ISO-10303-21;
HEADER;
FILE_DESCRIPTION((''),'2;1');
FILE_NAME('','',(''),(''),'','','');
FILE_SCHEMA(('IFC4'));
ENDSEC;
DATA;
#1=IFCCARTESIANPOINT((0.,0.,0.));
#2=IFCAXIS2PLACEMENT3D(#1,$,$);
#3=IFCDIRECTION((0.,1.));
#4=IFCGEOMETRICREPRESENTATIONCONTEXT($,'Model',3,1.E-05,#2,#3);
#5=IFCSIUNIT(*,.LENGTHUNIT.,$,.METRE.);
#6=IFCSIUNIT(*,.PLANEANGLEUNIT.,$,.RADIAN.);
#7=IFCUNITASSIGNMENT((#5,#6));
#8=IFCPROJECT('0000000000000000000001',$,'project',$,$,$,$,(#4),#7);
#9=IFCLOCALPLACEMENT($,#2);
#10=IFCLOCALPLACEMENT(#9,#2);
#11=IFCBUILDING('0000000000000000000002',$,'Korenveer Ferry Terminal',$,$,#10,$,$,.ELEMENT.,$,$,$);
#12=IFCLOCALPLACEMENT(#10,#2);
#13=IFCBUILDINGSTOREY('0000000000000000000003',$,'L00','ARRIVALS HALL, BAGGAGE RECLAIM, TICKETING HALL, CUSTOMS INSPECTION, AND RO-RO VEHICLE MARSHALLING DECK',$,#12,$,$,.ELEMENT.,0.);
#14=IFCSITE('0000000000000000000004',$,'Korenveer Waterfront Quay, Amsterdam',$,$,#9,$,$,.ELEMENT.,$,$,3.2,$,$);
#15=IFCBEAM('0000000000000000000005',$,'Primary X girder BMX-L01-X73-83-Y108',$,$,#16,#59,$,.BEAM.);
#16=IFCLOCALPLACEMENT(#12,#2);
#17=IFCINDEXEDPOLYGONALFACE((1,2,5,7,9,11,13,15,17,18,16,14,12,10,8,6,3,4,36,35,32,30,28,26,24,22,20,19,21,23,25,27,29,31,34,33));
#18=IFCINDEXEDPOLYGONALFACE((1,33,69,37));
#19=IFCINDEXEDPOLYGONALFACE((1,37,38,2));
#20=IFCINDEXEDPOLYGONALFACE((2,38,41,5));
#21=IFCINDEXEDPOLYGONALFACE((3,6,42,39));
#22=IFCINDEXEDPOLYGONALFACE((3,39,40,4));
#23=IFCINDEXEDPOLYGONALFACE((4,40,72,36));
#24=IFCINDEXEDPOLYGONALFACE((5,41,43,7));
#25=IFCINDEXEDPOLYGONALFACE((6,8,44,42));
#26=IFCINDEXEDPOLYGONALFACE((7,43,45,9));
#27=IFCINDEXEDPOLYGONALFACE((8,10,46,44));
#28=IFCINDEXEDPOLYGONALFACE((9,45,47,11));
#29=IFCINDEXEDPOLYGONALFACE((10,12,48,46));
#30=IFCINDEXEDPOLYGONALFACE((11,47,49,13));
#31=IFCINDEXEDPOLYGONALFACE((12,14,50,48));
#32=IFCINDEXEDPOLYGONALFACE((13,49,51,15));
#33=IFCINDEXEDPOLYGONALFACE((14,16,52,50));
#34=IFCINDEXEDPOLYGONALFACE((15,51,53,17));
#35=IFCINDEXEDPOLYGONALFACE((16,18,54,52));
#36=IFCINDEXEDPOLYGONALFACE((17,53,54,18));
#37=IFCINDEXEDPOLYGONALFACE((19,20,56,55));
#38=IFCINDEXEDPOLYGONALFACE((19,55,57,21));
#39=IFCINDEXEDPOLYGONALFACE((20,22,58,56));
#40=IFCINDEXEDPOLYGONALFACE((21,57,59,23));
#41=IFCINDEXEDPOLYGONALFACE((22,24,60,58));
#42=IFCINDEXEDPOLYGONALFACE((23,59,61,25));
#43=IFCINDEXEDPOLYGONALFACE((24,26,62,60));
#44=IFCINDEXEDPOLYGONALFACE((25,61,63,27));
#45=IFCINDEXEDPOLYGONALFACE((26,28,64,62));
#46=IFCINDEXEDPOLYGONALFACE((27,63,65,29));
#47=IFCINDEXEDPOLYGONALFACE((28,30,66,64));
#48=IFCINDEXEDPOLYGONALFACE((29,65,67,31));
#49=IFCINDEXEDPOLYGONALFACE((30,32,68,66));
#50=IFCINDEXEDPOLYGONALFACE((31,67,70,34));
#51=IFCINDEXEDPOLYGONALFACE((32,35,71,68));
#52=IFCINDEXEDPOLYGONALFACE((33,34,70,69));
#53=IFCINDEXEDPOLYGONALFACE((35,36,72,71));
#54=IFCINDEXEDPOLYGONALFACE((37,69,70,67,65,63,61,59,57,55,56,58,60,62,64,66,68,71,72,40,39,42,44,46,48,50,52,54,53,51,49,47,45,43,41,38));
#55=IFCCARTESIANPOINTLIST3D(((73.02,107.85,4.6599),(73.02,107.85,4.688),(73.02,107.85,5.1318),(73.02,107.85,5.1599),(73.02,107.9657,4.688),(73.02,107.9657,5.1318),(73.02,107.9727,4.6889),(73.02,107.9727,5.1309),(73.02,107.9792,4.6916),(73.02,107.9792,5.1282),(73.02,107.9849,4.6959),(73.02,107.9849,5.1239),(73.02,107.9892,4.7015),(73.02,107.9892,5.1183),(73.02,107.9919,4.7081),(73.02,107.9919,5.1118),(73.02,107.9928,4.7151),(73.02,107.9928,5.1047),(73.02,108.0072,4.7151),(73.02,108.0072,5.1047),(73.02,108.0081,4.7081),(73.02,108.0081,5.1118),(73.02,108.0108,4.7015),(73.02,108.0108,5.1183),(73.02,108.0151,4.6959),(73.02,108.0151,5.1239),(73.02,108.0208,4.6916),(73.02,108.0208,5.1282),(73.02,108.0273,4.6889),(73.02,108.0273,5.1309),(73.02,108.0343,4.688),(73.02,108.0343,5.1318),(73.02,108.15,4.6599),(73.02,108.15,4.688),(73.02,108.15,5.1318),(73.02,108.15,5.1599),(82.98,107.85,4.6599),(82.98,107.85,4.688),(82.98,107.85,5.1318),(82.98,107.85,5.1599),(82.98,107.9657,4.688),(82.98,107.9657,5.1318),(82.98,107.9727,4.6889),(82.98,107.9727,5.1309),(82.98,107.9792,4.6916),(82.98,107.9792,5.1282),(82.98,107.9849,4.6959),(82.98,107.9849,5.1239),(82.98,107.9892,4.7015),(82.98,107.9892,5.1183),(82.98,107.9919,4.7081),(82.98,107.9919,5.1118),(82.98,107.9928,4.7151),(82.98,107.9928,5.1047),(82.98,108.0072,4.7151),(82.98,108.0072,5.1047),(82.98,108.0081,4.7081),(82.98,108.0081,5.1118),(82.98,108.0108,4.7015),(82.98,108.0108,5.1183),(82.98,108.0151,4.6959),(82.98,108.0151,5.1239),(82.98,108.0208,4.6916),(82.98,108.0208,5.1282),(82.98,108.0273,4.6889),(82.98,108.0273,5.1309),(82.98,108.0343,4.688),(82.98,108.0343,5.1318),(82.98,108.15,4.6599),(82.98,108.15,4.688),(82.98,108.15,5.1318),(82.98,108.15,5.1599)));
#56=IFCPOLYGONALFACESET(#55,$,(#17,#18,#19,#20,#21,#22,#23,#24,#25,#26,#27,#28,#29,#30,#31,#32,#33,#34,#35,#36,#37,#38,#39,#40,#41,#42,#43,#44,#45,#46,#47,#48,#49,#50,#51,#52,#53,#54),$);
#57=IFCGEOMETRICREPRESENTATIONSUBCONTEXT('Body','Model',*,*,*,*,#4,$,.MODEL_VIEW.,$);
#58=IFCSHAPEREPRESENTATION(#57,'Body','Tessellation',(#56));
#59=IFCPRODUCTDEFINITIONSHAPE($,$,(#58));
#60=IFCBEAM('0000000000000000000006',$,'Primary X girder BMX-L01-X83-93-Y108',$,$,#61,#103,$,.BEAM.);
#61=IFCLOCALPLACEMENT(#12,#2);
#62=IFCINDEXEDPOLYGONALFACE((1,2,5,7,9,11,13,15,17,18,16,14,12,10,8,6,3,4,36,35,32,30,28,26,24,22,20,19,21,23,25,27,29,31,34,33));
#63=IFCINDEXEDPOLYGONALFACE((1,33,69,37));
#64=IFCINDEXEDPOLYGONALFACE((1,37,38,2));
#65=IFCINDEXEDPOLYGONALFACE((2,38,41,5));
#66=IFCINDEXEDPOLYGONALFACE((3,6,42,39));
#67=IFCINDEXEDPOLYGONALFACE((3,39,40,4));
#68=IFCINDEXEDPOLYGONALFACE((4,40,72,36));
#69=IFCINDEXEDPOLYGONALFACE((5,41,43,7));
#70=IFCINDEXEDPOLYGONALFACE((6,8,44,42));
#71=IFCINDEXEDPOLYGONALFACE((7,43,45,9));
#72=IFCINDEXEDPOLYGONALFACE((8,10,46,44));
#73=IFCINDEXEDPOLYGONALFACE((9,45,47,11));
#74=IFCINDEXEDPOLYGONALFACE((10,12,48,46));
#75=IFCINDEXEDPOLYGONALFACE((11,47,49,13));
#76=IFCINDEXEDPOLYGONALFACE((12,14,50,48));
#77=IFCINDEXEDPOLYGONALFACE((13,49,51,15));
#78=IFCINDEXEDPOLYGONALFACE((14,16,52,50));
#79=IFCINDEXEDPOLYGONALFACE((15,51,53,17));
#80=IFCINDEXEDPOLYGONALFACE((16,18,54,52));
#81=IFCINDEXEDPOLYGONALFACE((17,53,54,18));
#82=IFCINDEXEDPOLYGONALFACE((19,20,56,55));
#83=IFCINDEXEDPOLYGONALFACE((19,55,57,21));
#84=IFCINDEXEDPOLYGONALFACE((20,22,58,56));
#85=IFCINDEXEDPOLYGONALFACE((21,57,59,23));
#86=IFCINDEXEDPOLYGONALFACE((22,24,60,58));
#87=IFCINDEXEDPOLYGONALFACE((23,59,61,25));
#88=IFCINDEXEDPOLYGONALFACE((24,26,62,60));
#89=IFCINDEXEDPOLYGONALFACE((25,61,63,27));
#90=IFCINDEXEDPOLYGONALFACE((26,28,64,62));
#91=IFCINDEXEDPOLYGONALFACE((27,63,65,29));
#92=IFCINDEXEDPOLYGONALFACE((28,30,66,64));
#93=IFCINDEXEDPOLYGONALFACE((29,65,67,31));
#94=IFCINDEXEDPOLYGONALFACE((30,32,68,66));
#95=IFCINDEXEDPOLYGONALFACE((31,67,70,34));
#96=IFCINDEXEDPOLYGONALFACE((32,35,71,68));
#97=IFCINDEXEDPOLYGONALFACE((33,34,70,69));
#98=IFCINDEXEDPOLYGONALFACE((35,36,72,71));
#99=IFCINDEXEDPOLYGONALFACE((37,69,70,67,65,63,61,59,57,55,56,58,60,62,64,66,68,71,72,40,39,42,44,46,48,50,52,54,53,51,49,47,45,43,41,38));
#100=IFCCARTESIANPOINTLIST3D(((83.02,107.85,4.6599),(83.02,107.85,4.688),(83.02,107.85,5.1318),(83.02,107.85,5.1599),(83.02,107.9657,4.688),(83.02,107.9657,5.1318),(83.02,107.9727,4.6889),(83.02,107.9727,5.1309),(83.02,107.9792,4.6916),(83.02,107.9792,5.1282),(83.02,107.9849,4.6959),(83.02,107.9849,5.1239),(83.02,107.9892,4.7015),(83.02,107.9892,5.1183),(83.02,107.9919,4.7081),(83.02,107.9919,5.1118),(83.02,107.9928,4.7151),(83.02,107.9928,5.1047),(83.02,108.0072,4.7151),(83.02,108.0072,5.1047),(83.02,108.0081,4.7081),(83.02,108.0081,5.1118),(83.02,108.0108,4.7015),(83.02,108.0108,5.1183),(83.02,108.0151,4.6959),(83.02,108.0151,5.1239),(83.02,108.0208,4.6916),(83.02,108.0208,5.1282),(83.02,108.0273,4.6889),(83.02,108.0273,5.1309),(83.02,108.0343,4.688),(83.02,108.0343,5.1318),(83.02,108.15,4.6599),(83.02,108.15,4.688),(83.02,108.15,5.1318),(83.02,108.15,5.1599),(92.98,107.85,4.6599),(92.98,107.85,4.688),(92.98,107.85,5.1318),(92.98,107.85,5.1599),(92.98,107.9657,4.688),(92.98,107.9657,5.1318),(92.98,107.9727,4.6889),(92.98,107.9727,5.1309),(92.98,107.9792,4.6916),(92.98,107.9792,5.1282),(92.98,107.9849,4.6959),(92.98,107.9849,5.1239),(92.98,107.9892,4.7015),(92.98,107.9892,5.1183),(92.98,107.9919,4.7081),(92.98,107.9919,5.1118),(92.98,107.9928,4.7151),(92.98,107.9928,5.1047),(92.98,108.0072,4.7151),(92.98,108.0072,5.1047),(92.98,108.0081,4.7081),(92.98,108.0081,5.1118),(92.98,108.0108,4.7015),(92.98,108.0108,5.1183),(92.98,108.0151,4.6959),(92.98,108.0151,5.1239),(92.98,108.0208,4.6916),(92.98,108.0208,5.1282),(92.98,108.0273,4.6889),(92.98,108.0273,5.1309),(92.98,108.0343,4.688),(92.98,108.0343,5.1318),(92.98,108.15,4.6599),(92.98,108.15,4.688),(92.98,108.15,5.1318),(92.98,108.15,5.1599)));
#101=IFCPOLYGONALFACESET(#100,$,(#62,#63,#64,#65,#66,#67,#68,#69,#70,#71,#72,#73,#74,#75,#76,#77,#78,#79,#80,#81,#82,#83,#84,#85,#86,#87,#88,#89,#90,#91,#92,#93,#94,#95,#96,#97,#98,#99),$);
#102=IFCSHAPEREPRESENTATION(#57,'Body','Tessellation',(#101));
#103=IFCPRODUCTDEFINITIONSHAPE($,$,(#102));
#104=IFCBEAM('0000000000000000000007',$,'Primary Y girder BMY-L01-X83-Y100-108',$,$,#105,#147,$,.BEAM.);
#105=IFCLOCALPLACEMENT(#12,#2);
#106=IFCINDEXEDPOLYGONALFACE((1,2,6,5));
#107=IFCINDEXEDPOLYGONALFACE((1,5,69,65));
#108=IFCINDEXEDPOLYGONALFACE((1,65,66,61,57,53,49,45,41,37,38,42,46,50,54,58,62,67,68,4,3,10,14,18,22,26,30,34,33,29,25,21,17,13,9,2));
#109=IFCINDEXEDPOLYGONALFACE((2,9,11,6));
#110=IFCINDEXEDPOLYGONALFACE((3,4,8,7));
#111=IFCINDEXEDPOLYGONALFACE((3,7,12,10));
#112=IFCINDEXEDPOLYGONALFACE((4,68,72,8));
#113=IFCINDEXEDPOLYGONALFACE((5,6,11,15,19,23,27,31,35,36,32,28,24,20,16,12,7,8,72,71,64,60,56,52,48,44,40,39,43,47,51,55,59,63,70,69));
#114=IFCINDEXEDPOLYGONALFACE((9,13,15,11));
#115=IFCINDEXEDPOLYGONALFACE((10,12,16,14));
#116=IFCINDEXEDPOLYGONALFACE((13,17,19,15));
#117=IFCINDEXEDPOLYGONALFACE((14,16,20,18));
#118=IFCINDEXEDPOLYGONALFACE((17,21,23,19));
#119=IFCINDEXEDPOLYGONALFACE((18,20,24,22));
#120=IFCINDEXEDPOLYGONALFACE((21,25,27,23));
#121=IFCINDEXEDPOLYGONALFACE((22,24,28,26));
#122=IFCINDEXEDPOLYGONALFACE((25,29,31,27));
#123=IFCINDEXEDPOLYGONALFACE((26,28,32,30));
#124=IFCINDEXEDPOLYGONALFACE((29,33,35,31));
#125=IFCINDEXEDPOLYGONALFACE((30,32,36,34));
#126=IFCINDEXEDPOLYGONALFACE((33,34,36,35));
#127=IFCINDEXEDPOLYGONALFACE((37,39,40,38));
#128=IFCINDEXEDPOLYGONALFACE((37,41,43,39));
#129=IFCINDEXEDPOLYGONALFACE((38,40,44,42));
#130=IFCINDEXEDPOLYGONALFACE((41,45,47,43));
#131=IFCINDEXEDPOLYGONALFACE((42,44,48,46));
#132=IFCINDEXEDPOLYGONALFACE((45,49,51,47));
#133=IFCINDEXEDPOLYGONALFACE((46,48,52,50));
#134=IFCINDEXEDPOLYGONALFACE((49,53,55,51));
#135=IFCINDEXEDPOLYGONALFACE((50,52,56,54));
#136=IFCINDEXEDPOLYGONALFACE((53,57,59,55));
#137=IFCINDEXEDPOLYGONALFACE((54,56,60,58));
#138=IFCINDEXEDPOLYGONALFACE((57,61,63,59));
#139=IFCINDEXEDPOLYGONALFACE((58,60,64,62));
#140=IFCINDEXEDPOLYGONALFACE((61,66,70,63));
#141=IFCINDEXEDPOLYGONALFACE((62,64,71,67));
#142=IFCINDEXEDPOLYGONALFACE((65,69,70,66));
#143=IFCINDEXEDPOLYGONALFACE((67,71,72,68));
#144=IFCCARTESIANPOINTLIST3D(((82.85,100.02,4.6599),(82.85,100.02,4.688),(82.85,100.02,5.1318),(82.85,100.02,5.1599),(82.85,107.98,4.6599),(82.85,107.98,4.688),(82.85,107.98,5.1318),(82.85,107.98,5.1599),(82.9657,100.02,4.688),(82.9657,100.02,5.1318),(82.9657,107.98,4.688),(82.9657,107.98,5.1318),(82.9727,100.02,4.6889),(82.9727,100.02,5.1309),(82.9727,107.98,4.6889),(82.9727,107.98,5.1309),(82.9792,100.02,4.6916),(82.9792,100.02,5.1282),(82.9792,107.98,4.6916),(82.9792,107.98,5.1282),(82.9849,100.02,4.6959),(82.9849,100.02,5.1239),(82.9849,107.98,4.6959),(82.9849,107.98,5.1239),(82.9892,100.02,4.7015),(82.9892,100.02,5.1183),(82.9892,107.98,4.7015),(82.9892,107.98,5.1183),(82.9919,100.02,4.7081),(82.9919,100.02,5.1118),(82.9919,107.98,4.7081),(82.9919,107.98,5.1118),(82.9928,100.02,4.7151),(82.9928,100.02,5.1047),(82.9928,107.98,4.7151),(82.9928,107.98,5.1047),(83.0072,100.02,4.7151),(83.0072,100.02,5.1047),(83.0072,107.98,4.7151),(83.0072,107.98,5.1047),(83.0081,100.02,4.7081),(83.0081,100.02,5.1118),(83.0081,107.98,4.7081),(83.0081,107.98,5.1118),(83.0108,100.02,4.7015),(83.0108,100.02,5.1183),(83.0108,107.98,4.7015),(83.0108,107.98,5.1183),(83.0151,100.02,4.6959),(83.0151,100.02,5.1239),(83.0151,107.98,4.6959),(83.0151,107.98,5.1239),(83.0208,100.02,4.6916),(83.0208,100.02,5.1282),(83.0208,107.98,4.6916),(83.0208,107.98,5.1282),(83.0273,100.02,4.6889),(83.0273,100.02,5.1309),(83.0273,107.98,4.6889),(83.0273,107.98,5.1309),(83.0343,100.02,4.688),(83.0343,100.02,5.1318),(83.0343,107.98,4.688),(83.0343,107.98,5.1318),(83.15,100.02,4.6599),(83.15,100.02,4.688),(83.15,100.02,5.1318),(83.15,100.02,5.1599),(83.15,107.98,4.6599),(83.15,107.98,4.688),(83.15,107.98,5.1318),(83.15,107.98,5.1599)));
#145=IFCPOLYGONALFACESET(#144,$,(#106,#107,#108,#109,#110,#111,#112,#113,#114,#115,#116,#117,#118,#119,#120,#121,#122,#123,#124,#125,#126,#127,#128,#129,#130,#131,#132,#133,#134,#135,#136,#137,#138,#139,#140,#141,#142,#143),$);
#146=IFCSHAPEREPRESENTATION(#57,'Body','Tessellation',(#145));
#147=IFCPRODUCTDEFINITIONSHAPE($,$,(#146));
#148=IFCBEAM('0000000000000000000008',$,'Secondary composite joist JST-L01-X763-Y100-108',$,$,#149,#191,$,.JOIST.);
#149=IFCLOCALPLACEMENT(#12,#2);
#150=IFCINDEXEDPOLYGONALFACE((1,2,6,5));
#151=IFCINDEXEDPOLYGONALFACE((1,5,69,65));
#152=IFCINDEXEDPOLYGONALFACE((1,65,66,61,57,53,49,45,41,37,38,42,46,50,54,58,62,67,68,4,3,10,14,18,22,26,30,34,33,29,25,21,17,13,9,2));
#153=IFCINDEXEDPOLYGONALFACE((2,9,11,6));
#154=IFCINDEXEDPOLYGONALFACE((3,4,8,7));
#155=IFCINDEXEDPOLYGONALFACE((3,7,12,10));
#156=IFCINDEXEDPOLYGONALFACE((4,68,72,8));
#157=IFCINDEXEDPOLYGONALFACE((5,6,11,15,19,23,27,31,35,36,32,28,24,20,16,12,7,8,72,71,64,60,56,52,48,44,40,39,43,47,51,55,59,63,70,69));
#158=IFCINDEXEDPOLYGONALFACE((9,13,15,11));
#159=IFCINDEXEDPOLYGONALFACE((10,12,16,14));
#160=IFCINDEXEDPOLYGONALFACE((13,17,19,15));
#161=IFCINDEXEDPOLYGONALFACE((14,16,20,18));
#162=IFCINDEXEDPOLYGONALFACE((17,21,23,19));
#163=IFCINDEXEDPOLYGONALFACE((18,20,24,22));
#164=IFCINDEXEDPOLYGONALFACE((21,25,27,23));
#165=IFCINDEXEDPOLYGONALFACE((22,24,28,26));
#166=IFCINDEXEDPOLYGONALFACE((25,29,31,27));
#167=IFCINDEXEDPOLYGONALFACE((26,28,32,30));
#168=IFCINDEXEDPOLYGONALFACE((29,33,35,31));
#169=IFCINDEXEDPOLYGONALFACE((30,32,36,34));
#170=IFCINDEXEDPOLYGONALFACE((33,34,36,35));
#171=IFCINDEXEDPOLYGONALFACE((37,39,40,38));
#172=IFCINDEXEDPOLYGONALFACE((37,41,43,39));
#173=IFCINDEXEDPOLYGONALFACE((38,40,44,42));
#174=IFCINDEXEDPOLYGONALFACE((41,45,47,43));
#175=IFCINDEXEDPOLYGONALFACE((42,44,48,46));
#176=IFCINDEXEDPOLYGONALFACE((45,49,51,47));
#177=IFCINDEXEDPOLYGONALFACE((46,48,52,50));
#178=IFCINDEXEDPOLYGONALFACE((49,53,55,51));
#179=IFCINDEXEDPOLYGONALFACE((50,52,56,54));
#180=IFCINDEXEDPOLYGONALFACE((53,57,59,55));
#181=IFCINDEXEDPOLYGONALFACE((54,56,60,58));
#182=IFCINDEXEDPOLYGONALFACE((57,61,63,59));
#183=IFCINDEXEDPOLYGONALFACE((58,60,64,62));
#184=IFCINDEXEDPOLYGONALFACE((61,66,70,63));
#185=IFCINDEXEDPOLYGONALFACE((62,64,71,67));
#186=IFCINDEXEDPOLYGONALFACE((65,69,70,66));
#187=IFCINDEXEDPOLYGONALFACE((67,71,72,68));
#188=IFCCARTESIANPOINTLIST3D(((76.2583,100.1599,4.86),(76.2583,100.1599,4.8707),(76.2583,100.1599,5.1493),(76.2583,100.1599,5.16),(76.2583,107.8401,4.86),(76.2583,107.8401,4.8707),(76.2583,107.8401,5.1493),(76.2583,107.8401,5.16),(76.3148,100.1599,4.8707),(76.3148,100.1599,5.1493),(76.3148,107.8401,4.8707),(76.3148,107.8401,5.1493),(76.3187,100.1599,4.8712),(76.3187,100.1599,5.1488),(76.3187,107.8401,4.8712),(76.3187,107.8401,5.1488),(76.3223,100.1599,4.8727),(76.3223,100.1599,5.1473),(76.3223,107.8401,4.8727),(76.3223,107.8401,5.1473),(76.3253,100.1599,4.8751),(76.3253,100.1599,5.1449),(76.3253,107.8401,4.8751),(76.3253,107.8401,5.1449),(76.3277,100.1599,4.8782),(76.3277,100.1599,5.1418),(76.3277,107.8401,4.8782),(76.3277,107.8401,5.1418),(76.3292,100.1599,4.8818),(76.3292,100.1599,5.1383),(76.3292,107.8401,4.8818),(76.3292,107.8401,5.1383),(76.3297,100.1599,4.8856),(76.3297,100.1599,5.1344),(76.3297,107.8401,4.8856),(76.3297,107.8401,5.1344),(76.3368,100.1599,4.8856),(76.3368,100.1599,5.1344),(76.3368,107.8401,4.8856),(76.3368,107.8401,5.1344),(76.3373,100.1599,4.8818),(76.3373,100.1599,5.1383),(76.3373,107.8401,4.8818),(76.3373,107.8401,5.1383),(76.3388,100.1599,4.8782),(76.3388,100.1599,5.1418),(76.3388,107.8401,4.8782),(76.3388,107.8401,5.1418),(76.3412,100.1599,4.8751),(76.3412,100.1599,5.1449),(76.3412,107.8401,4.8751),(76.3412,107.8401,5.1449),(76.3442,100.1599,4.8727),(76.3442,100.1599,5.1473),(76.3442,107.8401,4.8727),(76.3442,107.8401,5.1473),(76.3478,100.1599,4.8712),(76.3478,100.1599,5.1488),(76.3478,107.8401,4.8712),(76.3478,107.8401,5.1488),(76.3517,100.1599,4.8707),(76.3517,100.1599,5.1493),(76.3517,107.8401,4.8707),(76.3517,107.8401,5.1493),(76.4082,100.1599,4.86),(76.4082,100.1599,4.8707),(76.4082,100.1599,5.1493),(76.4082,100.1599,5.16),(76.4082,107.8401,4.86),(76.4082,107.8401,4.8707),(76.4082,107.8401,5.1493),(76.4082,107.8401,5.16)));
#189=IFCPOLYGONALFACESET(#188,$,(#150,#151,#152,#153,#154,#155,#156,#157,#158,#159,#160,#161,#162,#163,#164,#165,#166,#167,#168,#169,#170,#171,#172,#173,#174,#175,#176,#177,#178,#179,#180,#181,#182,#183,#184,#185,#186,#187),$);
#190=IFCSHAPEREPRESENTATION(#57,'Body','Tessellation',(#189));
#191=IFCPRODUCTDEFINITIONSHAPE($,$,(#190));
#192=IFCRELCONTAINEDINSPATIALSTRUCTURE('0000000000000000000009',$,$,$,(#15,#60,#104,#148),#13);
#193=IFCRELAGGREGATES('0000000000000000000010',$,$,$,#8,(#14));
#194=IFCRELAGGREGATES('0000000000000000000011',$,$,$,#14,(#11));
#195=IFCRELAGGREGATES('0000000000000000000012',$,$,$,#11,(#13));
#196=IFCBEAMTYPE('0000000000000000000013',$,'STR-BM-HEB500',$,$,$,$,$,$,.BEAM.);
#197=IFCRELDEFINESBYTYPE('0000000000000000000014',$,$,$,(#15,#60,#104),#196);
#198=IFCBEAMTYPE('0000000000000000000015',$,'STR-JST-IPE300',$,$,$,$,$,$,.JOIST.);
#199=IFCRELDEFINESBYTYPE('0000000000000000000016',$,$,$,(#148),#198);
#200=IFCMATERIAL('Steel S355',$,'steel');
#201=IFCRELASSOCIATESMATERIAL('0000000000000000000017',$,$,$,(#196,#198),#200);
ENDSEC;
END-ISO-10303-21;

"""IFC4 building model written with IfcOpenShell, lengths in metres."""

from ifc_helpers import new_model, si_unit, direction, frame, origin, origin_2d, place, context, subcontext, project, spatial, i_section, extrude, material, material_profile, profile_set, type_object, element, save


model = new_model("IFC4")

# Units and contexts
model_context = context("Model", 3, precision=1e-05, world=origin(), true_north=direction((0.0, 1.0)))
body_context = subcontext(model_context, "Body", "Model", "MODEL_VIEW")
ifc_project = project(units=[si_unit("LENGTHUNIT", "METRE"), si_unit("PLANEANGLEUNIT", "RADIAN")], contexts=[model_context])

# Site, building, storey
site_placement = place(None, origin())
site = spatial("IfcSite", under=ifc_project, at=site_placement, Name="Korenveer Waterfront Quay, Amsterdam", CompositionType="ELEMENT", RefElevation=3.2)
building_placement = place(site_placement, origin())
building = spatial("IfcBuilding", under=site, at=building_placement, Name="Korenveer Ferry Terminal", CompositionType="ELEMENT")
storey_placement = place(building_placement, origin())
storey = spatial("IfcBuildingStorey", under=building, at=storey_placement, Name="L00", Description="ARRIVALS HALL, BAGGAGE RECLAIM, TICKETING HALL, CUSTOMS INSPECTION, AND RO-RO VEHICLE MARSHALLING DECK", CompositionType="ELEMENT", Elevation=0.0)

# Beams
ifc_material_1 = material(Name="Steel S355", Category="steel")
ifc_material_profile_1 = material_profile(ifc_material_1, i_section(OverallWidth=0.3, OverallDepth=0.5, WebThickness=0.0144, FlangeThickness=0.0281, FilletRadius=0.0271, at=origin_2d()), Name="HEB 500")
ifc_profile_set_1 = profile_set([ifc_material_profile_1], Name="Steel S355")
beam_type_1 = type_object("IfcBeamType", Name="STR-BM-HEB500", PredefinedType="BEAM", material=ifc_profile_set_1)
for number, where, z_axis, x_axis, name in (
    (1, (73.02, 108.0, 4.9099), (1.0, 0.0, 0.0), (0.0, 1.0, 0.0), "Primary X girder BMX-L01-X73-83-Y108"),
    (2, (83.02, 108.0, 4.9099), (1.0, 0.0, 0.0), (0.0, 1.0, 0.0), "Primary X girder BMX-L01-X83-93-Y108"),
):
    element("IfcBeam", number, at=place(storey_placement, frame(where, z_axis=z_axis, x_axis=x_axis)), inside=storey, type_object=beam_type_1, Name=name, PredefinedType="BEAM", context=body_context, shape_type="SweptSolid", body=[
        extrude(i_section(OverallWidth=0.3, OverallDepth=0.5, WebThickness=0.0144, FlangeThickness=0.0281, FilletRadius=0.0271, at=origin_2d()), origin(), (0.0, 0.0, 1.0), 9.96),
    ])
beam_placement = place(storey_placement, frame((83.0, 100.02, 4.9099), z_axis=(0.0, 1.0, 0.0), x_axis=(-1.0, 0.0, 0.0)))
element("IfcBeam", 3, at=beam_placement, inside=storey, type_object=beam_type_1, Name="Primary Y girder BMY-L01-X83-Y100-108", PredefinedType="BEAM", context=body_context, shape_type="SweptSolid", body=[
    extrude(i_section(OverallWidth=0.3, OverallDepth=0.5, WebThickness=0.0144, FlangeThickness=0.0281, FilletRadius=0.0271, at=origin_2d()), origin(), (0.0, 0.0, 1.0), 7.96),
])
ifc_material_profile_2 = material_profile(ifc_material_1, i_section(OverallWidth=0.1499, OverallDepth=0.3, WebThickness=0.0071, FlangeThickness=0.0107, FilletRadius=0.0149, at=origin_2d()), Name="IPE 300")
ifc_profile_set_2 = profile_set([ifc_material_profile_2], Name="Steel S355")
beam_type_2 = type_object("IfcBeamType", Name="STR-JST-IPE300", PredefinedType="JOIST", material=ifc_profile_set_2)
for number, where, z_axis, x_axis, name in (
    (4, (76.3333, 100.1599, 5.01), (0.0, 1.0, 0.0), (-1.0, 0.0, 0.0), "Secondary composite joist JST-L01-X763-Y100-108"),
):
    element("IfcBeam", number, at=place(storey_placement, frame(where, z_axis=z_axis, x_axis=x_axis)), inside=storey, type_object=beam_type_2, Name=name, PredefinedType="JOIST", context=body_context, shape_type="SweptSolid", body=[
        extrude(i_section(OverallWidth=0.1499, OverallDepth=0.3, WebThickness=0.0071, FlangeThickness=0.0107, FilletRadius=0.0149, at=origin_2d()), origin(), (0.0, 0.0, 1.0), 7.6802),
    ])

save(model, "model.ifc")
